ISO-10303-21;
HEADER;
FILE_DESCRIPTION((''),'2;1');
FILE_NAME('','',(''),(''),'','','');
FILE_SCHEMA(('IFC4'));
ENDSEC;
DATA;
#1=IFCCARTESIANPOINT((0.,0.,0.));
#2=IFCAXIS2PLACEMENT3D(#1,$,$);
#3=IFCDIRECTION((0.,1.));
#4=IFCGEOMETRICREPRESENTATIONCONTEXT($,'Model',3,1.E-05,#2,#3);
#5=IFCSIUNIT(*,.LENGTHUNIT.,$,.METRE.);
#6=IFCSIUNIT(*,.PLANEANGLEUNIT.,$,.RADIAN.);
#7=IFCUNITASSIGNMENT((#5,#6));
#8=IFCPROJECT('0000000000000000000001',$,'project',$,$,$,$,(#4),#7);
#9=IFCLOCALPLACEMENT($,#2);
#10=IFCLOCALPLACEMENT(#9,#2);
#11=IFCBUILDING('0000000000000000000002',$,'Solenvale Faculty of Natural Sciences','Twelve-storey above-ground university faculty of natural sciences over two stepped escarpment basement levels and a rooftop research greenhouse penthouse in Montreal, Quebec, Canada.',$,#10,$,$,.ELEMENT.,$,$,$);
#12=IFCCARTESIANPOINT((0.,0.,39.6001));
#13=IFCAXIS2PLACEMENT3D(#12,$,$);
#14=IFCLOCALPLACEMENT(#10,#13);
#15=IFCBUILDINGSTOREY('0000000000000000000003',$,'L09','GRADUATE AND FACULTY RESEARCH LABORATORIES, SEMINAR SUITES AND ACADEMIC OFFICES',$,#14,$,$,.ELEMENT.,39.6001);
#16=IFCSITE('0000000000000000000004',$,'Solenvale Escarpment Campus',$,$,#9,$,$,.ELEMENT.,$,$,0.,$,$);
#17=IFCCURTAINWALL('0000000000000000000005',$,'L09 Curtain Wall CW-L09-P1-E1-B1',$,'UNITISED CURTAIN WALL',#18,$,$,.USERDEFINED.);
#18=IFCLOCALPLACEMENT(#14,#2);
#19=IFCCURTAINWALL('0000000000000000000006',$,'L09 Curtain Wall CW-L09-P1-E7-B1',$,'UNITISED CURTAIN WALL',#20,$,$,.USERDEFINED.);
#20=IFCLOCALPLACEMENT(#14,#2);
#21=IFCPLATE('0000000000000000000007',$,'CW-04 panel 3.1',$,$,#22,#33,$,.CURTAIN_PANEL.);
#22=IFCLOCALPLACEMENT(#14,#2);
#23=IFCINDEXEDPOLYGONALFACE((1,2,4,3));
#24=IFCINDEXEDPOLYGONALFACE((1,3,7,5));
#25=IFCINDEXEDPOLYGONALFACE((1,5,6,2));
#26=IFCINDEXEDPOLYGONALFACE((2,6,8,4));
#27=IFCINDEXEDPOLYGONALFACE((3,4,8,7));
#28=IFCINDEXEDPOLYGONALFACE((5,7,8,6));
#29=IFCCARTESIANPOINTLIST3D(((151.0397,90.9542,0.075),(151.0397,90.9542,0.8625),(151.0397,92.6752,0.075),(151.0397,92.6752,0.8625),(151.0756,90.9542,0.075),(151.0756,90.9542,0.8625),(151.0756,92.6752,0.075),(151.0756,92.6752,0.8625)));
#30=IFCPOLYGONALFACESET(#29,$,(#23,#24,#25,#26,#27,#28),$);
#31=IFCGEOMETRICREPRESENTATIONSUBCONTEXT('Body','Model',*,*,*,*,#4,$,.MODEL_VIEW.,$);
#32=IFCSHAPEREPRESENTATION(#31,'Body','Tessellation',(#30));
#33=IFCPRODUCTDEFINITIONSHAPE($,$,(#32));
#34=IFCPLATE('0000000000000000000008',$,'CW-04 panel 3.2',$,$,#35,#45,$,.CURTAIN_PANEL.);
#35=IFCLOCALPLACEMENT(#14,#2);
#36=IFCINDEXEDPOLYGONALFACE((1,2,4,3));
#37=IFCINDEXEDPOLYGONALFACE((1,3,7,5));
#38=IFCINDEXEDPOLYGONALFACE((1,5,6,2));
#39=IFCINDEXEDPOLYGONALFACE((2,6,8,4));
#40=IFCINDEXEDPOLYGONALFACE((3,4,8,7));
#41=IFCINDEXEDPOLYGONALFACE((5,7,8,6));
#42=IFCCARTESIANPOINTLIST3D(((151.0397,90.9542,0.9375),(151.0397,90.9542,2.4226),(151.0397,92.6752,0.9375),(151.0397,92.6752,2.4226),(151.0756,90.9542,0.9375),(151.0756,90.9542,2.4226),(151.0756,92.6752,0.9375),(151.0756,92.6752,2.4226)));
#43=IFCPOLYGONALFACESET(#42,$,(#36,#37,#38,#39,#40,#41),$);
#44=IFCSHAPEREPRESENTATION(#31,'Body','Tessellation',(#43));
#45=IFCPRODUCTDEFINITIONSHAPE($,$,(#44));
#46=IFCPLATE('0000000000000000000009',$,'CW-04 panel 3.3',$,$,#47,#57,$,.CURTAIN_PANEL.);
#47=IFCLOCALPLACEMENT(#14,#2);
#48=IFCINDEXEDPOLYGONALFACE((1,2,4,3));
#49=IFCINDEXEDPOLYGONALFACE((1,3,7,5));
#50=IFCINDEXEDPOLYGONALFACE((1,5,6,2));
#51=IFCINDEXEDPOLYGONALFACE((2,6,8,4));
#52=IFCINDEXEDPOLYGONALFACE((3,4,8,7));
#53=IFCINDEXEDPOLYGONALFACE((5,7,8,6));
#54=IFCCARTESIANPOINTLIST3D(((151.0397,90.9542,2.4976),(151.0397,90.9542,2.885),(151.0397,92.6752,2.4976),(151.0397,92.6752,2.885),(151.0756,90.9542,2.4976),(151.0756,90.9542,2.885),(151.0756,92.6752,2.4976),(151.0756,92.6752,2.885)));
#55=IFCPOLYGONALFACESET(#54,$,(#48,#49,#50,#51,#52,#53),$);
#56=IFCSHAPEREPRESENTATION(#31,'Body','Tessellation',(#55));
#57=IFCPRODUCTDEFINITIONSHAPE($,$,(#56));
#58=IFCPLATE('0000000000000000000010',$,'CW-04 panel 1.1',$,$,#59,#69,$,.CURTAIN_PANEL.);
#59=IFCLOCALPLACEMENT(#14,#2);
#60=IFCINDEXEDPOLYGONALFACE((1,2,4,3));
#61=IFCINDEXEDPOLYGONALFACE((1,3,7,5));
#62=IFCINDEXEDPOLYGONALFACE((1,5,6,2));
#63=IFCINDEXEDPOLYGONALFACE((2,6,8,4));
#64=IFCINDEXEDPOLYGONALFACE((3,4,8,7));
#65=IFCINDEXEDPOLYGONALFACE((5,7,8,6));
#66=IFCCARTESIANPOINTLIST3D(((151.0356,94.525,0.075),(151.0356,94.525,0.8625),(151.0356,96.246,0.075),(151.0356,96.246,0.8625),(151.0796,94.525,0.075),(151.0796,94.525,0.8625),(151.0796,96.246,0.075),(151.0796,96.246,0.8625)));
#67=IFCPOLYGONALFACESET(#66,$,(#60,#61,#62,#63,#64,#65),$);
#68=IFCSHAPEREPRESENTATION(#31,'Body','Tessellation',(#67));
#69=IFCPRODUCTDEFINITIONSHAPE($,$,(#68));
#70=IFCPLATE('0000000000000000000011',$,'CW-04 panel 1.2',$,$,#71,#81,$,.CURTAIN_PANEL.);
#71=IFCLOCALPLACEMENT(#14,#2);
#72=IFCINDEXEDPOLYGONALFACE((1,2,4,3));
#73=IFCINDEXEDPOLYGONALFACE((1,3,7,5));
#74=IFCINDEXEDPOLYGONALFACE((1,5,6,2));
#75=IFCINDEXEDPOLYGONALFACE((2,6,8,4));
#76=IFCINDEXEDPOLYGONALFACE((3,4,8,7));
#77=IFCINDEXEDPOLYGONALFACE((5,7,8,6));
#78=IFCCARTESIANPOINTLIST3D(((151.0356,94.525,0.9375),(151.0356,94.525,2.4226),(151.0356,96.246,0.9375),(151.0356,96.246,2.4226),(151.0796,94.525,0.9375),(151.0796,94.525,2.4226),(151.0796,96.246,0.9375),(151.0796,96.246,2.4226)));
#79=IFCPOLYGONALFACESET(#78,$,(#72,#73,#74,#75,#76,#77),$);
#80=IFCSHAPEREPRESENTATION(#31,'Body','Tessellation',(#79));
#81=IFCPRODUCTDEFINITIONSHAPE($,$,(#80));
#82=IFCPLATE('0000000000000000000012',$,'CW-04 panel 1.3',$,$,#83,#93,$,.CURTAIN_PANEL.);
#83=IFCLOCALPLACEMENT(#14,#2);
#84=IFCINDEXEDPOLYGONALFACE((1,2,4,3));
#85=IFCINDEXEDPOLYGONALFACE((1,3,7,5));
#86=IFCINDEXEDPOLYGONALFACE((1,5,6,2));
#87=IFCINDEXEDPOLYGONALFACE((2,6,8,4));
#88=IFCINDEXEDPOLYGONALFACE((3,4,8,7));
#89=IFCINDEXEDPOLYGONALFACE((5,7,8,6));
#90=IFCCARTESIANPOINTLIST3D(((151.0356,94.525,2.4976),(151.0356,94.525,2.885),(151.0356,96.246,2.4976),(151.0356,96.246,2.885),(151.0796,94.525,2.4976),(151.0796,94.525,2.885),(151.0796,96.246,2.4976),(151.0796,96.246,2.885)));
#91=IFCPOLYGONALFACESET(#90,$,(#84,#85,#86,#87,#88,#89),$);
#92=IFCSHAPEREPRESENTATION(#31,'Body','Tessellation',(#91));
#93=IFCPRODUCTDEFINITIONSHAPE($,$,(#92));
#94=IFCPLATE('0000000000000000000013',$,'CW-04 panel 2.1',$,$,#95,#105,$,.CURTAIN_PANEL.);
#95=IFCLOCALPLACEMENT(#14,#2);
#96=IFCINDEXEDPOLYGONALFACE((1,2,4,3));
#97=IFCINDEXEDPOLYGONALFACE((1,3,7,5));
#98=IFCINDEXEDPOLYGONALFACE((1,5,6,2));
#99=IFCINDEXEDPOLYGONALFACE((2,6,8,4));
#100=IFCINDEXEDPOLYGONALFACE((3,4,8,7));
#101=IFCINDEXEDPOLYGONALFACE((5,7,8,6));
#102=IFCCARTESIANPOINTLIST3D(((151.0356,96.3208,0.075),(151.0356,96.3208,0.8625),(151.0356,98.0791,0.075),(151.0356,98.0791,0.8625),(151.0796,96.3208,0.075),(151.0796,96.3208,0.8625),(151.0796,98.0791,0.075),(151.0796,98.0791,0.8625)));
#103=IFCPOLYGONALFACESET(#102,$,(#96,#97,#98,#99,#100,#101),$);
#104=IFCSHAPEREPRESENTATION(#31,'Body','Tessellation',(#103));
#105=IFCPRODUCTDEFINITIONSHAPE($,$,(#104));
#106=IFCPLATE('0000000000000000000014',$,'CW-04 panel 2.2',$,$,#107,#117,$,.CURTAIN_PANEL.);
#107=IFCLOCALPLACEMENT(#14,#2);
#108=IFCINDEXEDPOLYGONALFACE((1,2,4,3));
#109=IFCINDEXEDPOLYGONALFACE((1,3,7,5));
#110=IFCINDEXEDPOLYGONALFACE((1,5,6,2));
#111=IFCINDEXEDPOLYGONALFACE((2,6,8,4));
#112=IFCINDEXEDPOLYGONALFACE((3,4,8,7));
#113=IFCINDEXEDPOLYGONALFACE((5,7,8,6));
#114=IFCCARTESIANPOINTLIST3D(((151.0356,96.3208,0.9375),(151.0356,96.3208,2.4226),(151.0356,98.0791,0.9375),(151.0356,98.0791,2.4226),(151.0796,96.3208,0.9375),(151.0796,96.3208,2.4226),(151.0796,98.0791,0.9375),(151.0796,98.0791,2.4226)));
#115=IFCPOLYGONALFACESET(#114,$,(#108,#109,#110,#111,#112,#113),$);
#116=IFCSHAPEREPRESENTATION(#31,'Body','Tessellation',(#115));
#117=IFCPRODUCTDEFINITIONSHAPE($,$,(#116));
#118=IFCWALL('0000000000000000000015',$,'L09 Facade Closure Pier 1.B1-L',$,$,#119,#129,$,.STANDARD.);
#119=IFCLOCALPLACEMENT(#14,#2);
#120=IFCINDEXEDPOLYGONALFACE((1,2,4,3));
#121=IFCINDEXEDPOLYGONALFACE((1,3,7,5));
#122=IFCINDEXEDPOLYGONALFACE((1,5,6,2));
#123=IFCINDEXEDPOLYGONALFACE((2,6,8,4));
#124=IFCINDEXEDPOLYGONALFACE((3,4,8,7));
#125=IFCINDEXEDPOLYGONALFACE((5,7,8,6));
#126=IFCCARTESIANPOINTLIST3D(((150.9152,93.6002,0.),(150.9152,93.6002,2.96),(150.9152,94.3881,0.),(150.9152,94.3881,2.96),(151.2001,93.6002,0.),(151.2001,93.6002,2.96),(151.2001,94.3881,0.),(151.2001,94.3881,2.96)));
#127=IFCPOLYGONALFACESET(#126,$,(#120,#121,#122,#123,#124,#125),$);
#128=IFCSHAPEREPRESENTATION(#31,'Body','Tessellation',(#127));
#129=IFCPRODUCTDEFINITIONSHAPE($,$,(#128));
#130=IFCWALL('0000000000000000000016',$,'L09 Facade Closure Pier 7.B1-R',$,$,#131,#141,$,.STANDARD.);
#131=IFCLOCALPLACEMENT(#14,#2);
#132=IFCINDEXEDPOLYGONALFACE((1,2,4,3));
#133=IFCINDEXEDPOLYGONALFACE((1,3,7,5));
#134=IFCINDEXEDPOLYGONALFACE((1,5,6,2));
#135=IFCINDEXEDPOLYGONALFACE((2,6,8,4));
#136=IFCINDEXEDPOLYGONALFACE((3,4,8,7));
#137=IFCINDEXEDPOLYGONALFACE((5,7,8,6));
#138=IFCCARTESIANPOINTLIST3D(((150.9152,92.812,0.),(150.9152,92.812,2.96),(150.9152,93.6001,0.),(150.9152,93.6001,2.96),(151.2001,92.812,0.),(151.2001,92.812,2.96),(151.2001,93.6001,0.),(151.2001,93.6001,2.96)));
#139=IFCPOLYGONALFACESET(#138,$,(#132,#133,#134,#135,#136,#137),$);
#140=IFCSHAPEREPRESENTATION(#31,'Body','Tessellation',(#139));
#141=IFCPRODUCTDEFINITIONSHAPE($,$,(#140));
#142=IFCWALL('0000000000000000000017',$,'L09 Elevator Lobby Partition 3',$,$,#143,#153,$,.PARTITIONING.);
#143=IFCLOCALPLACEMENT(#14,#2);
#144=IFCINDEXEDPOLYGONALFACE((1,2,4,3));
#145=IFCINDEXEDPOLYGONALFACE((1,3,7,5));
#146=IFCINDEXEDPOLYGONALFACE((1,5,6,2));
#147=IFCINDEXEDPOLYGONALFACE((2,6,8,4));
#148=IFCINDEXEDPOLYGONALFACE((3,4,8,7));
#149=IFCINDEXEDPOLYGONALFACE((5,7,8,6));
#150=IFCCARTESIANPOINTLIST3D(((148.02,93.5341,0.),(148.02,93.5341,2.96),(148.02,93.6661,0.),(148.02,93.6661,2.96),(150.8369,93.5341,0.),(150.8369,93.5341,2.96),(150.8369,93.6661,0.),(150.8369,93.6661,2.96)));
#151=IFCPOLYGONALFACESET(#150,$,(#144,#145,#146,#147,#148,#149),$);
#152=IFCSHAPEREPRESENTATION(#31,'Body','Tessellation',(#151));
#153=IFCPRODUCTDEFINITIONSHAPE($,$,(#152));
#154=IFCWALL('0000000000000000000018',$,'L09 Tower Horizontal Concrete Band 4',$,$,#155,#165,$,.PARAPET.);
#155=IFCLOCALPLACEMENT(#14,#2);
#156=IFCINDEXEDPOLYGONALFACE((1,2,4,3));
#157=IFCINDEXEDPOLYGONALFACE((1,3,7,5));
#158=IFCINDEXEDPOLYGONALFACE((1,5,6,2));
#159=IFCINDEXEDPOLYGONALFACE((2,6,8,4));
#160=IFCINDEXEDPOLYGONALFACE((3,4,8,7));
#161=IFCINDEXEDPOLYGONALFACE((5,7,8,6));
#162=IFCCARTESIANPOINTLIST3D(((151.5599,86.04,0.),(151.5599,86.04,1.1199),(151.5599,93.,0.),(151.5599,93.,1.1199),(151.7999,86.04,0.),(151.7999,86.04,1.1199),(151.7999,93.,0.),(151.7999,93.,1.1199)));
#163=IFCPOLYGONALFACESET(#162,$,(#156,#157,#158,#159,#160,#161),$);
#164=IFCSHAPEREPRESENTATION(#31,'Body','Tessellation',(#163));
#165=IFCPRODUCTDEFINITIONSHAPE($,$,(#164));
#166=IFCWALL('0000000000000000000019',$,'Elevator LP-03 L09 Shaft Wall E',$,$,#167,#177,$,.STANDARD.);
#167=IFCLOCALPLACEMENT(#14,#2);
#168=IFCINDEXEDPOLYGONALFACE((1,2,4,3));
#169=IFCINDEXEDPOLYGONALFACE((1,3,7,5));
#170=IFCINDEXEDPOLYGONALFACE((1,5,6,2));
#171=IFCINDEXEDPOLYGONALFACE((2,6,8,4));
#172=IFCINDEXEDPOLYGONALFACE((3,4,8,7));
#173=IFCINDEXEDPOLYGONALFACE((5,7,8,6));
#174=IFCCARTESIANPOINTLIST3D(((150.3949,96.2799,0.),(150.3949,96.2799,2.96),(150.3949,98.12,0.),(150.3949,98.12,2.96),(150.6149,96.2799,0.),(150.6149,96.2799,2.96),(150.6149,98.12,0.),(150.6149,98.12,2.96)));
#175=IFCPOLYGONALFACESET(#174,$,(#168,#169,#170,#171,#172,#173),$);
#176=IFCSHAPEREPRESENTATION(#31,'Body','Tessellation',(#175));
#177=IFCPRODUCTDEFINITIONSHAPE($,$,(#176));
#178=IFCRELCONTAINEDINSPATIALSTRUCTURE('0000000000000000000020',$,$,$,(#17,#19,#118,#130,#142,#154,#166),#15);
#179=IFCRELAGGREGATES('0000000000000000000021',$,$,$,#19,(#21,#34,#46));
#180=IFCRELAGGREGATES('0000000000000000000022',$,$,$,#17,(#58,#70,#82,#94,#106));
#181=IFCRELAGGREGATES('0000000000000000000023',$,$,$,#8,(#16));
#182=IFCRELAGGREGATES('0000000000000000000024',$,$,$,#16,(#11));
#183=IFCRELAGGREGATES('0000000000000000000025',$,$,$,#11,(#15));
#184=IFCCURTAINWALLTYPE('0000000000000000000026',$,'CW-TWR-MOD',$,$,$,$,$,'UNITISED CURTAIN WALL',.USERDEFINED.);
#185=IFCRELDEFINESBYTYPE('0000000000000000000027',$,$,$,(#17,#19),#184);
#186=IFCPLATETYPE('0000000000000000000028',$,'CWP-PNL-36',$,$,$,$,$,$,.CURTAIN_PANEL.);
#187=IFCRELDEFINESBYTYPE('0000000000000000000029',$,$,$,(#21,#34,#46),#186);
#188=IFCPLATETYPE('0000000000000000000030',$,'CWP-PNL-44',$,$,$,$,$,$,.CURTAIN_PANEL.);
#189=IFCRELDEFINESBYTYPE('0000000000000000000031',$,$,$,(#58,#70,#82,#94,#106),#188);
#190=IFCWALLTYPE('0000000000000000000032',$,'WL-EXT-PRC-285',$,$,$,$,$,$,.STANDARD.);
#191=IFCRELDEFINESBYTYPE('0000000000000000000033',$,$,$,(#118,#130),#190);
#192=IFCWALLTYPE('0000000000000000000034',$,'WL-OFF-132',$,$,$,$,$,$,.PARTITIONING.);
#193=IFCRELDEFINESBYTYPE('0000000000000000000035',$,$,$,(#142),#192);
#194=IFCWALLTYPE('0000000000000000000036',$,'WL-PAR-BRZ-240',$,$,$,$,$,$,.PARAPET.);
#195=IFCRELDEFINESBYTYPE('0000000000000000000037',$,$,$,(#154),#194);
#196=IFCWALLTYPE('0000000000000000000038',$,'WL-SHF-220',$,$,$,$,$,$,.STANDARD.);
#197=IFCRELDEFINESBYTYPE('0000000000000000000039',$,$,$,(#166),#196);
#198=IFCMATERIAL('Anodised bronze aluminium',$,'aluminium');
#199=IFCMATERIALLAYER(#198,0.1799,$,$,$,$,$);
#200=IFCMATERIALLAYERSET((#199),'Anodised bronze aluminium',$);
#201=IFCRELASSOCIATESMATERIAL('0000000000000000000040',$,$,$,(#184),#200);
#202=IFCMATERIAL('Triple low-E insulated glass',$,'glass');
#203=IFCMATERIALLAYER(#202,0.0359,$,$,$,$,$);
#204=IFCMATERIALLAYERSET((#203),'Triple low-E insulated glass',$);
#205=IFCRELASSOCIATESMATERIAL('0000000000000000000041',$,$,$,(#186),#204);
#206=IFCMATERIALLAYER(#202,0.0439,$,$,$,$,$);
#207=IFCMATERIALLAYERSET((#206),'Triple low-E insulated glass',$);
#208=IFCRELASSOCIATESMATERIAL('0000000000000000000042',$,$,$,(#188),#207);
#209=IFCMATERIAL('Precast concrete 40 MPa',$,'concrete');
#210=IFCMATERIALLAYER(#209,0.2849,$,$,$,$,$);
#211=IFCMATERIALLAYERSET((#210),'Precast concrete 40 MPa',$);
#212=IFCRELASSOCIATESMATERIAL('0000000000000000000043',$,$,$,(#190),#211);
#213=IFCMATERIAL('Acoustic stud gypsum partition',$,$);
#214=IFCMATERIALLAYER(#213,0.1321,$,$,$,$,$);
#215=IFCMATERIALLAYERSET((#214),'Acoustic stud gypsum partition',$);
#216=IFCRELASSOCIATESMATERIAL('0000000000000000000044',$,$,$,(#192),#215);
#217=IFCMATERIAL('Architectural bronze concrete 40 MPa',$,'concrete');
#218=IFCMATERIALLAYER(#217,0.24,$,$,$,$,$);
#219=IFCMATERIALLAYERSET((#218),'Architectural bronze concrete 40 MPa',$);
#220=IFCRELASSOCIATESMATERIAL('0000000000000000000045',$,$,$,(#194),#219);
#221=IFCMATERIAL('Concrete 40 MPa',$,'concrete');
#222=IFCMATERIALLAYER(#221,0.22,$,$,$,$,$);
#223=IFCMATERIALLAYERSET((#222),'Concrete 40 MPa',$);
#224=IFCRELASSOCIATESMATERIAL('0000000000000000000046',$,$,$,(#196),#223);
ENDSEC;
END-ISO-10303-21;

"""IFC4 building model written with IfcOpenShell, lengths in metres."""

from ifc_helpers import new_model, si_unit, direction, frame, frame_2d, origin, origin_2d, place, context, subcontext, project, spatial, rectangle, extrude, material, layer, layer_set, type_object, element, aggregate, save


model = new_model("IFC4")

# Units and contexts
model_context = context("Model", 3, precision=1e-05, world=origin(), true_north=direction((0.0, 1.0)))
body_context = subcontext(model_context, "Body", "Model", "MODEL_VIEW")
ifc_project = project(units=[si_unit("LENGTHUNIT", "METRE"), si_unit("PLANEANGLEUNIT", "RADIAN")], contexts=[model_context])

# Site, building, storey
site_placement = place(None, origin())
site = spatial("IfcSite", under=ifc_project, at=site_placement, Name="Solenvale Escarpment Campus", CompositionType="ELEMENT", RefElevation=0.0)
building_placement = place(site_placement, origin())
building = spatial("IfcBuilding", under=site, at=building_placement, Name="Solenvale Faculty of Natural Sciences", Description="Twelve-storey above-ground university faculty of natural sciences over two stepped escarpment basement levels and a rooftop research greenhouse penthouse in Montreal, Quebec, Canada.", CompositionType="ELEMENT")
storey_placement = place(building_placement, frame((0.0, 0.0, 39.6001)))
storey = spatial("IfcBuildingStorey", under=building, at=storey_placement, Name="L09", Description="GRADUATE AND FACULTY RESEARCH LABORATORIES, SEMINAR SUITES AND ACADEMIC OFFICES", CompositionType="ELEMENT", Elevation=39.6001)

# Shared definitions
ifc_material_1 = material(Name="Concrete 40 MPa", Category="concrete")

# Curtain wall
ifc_material_2 = material(Name="Anodised bronze aluminium", Category="aluminium")
ifc_layer_1 = layer(ifc_material_2, 0.1799)
ifc_layer_set_1 = layer_set([ifc_layer_1], Name="Anodised bronze aluminium")
curtain_wall_type = type_object("IfcCurtainWallType", Name="CW-TWR-MOD", ElementType="UNITISED CURTAIN WALL", PredefinedType="USERDEFINED", material=ifc_layer_set_1)
curtain_wall_1_placement = place(storey_placement, origin())
curtain_wall_1 = element("IfcCurtainWall", 1, at=curtain_wall_1_placement, inside=storey, type_object=curtain_wall_type, Name="L09 Curtain Wall CW-L09-P1-E1-B1", ObjectType="UNITISED CURTAIN WALL", PredefinedType="USERDEFINED")

# Curtain wall
curtain_wall_2_placement = place(storey_placement, origin())
curtain_wall_2 = element("IfcCurtainWall", 2, at=curtain_wall_2_placement, inside=storey, type_object=curtain_wall_type, Name="L09 Curtain Wall CW-L09-P1-E7-B1", ObjectType="UNITISED CURTAIN WALL", PredefinedType="USERDEFINED")

# Plates
ifc_material_3 = material(Name="Triple low-E insulated glass", Category="glass")
ifc_layer_2 = layer(ifc_material_3, 0.0359)
ifc_layer_set_2 = layer_set([ifc_layer_2], Name="Triple low-E insulated glass")
plate_type_1 = type_object("IfcPlateType", Name="CWP-PNL-36", PredefinedType="CURTAIN_PANEL", material=ifc_layer_set_2)
plate_1_placement = place(storey_placement, frame((151.0576, 91.8147, 0.075), z_axis=(0.0, 0.0, 1.0), x_axis=(0.0, 1.0, 0.0)))
plate_1 = element("IfcPlate", 3, at=plate_1_placement, type_object=plate_type_1, Name="CW-04 panel 3.1", PredefinedType="CURTAIN_PANEL", context=body_context, shape_type="SweptSolid", body=[
    extrude(rectangle(XDim=1.7209, YDim=0.0359, at=origin_2d()), origin(), (0.0, 0.0, 1.0), 0.7876),
])
plate_2_placement = place(storey_placement, frame((151.0576, 91.8147, 0.9375), z_axis=(0.0, 0.0, 1.0), x_axis=(0.0, 1.0, 0.0)))
plate_2 = element("IfcPlate", 4, at=plate_2_placement, type_object=plate_type_1, Name="CW-04 panel 3.2", PredefinedType="CURTAIN_PANEL", context=body_context, shape_type="SweptSolid", body=[
    extrude(rectangle(XDim=1.7209, YDim=0.0359, at=origin_2d()), origin(), (0.0, 0.0, 1.0), 1.4851),
])
plate_3_placement = place(storey_placement, frame((151.0576, 91.8147, 2.4976), z_axis=(0.0, 0.0, 1.0), x_axis=(0.0, 1.0, 0.0)))
plate_3 = element("IfcPlate", 5, at=plate_3_placement, type_object=plate_type_1, Name="CW-04 panel 3.3", PredefinedType="CURTAIN_PANEL", context=body_context, shape_type="SweptSolid", body=[
    extrude(rectangle(XDim=1.7209, YDim=0.0359, at=origin_2d()), origin(), (0.0, 0.0, 1.0), 0.3875),
])
aggregate(curtain_wall_2, [plate_1, plate_2, plate_3])
ifc_layer_3 = layer(ifc_material_3, 0.0439)
ifc_layer_set_3 = layer_set([ifc_layer_3], Name="Triple low-E insulated glass")
plate_type_2 = type_object("IfcPlateType", Name="CWP-PNL-44", PredefinedType="CURTAIN_PANEL", material=ifc_layer_set_3)
plate_4_placement = place(storey_placement, frame((151.0576, 95.3855, 0.075), z_axis=(0.0, 0.0, 1.0), x_axis=(0.0, 1.0, 0.0)))
plate_4 = element("IfcPlate", 6, at=plate_4_placement, type_object=plate_type_2, Name="CW-04 panel 1.1", PredefinedType="CURTAIN_PANEL", context=body_context, shape_type="SweptSolid", body=[
    extrude(rectangle(XDim=1.7209, YDim=0.0439, at=origin_2d()), origin(), (0.0, 0.0, 1.0), 0.7876),
])
plate_5_placement = place(storey_placement, frame((151.0576, 95.3855, 0.9375), z_axis=(0.0, 0.0, 1.0), x_axis=(0.0, 1.0, 0.0)))
plate_5 = element("IfcPlate", 7, at=plate_5_placement, type_object=plate_type_2, Name="CW-04 panel 1.2", PredefinedType="CURTAIN_PANEL", context=body_context, shape_type="SweptSolid", body=[
    extrude(rectangle(XDim=1.7209, YDim=0.0439, at=origin_2d()), origin(), (0.0, 0.0, 1.0), 1.4851),
])
plate_6_placement = place(storey_placement, frame((151.0576, 95.3855, 2.4976), z_axis=(0.0, 0.0, 1.0), x_axis=(0.0, 1.0, 0.0)))
plate_6 = element("IfcPlate", 8, at=plate_6_placement, type_object=plate_type_2, Name="CW-04 panel 1.3", PredefinedType="CURTAIN_PANEL", context=body_context, shape_type="SweptSolid", body=[
    extrude(rectangle(XDim=1.7209, YDim=0.0439, at=origin_2d()), origin(), (0.0, 0.0, 1.0), 0.3875),
])
plate_7_placement = place(storey_placement, frame((151.0576, 97.2, 0.075), z_axis=(0.0, 0.0, 1.0), x_axis=(0.0, 1.0, 0.0)))
plate_7 = element("IfcPlate", 9, at=plate_7_placement, type_object=plate_type_2, Name="CW-04 panel 2.1", PredefinedType="CURTAIN_PANEL", context=body_context, shape_type="SweptSolid", body=[
    extrude(rectangle(XDim=1.7583, YDim=0.0439, at=origin_2d()), origin(), (0.0, 0.0, 1.0), 0.7876),
])
plate_8_placement = place(storey_placement, frame((151.0576, 97.2, 0.9375), z_axis=(0.0, 0.0, 1.0), x_axis=(0.0, 1.0, 0.0)))
plate_8 = element("IfcPlate", 10, at=plate_8_placement, type_object=plate_type_2, Name="CW-04 panel 2.2", PredefinedType="CURTAIN_PANEL", context=body_context, shape_type="SweptSolid", body=[
    extrude(rectangle(XDim=1.7583, YDim=0.0439, at=origin_2d()), origin(), (0.0, 0.0, 1.0), 1.4851),
])
aggregate(curtain_wall_1, [plate_4, plate_5, plate_6, plate_7, plate_8])

# Walls
ifc_material_4 = material(Name="Precast concrete 40 MPa", Category="concrete")
ifc_layer_4 = layer(ifc_material_4, 0.2849)
ifc_layer_set_4 = layer_set([ifc_layer_4], Name="Precast concrete 40 MPa")
wall_type_1 = type_object("IfcWallType", Name="WL-EXT-PRC-285", PredefinedType="STANDARD", material=ifc_layer_set_4)
wall_1_placement = place(storey_placement, frame((151.0576, 93.6001, 0.0), z_axis=(0.0, 0.0, 1.0), x_axis=(0.0, 1.0, 0.0)))
element("IfcWall", 11, at=wall_1_placement, inside=storey, type_object=wall_type_1, Name="L09 Facade Closure Pier 1.B1-L", PredefinedType="STANDARD", context=body_context, shape_type="SweptSolid", body=[
    extrude(rectangle(XDim=0.7878, YDim=0.2849, at=frame_2d((0.394, 0.0))), origin(), (0.0, 0.0, 1.0), 2.96),
])
wall_2_placement = place(storey_placement, frame((151.0576, 92.812, 0.0), z_axis=(0.0, 0.0, 1.0), x_axis=(0.0, 1.0, 0.0)))
element("IfcWall", 12, at=wall_2_placement, inside=storey, type_object=wall_type_1, Name="L09 Facade Closure Pier 7.B1-R", PredefinedType="STANDARD", context=body_context, shape_type="SweptSolid", body=[
    extrude(rectangle(XDim=0.7881, YDim=0.2849, at=frame_2d((0.394, 0.0))), origin(), (0.0, 0.0, 1.0), 2.96),
])
ifc_material_5 = material(Name="Acoustic stud gypsum partition")
ifc_layer_5 = layer(ifc_material_5, 0.1321)
ifc_layer_set_5 = layer_set([ifc_layer_5], Name="Acoustic stud gypsum partition")
wall_type_2 = type_object("IfcWallType", Name="WL-OFF-132", PredefinedType="PARTITIONING", material=ifc_layer_set_5)
wall_3_placement = place(storey_placement, frame((150.8369, 93.6001, 0.0), z_axis=(0.0, 0.0, 1.0), x_axis=(-1.0, 0.0, 0.0)))
element("IfcWall", 13, at=wall_3_placement, inside=storey, type_object=wall_type_2, Name="L09 Elevator Lobby Partition 3", PredefinedType="PARTITIONING", context=body_context, shape_type="SweptSolid", body=[
    extrude(rectangle(XDim=2.8169, YDim=0.1321, at=frame_2d((1.4084, 0.0))), origin(), (0.0, 0.0, 1.0), 2.96),
])
ifc_material_6 = material(Name="Architectural bronze concrete 40 MPa", Category="concrete")
ifc_layer_6 = layer(ifc_material_6, 0.24)
ifc_layer_set_6 = layer_set([ifc_layer_6], Name="Architectural bronze concrete 40 MPa")
wall_type_3 = type_object("IfcWallType", Name="WL-PAR-BRZ-240", PredefinedType="PARAPET", material=ifc_layer_set_6)
wall_4_placement = place(storey_placement, frame((151.6799, 93.0, 0.0), z_axis=(0.0, 0.0, 1.0), x_axis=(0.0, -1.0, 0.0)))
element("IfcWall", 14, at=wall_4_placement, inside=storey, type_object=wall_type_3, Name="L09 Tower Horizontal Concrete Band 4", PredefinedType="PARAPET", context=body_context, shape_type="SweptSolid", body=[
    extrude(rectangle(XDim=6.96, YDim=0.24, at=frame_2d((3.48, 0.0))), origin(), (0.0, 0.0, 1.0), 1.1199),
])
ifc_layer_7 = layer(ifc_material_1, 0.22)
ifc_layer_set_7 = layer_set([ifc_layer_7], Name="Concrete 40 MPa")
wall_type_4 = type_object("IfcWallType", Name="WL-SHF-220", PredefinedType="STANDARD", material=ifc_layer_set_7)
wall_5_placement = place(storey_placement, frame((150.5049, 96.28, 0.0), z_axis=(0.0, 0.0, 1.0), x_axis=(0.0, 1.0, 0.0)))
element("IfcWall", 15, at=wall_5_placement, inside=storey, type_object=wall_type_4, Name="Elevator LP-03 L09 Shaft Wall E", PredefinedType="STANDARD", context=body_context, shape_type="SweptSolid", body=[
    extrude(rectangle(XDim=1.8401, YDim=0.22, at=frame_2d((0.9199, 0.0))), origin(), (0.0, 0.0, 1.0), 2.96),
])

save(model, "model.ifc")
